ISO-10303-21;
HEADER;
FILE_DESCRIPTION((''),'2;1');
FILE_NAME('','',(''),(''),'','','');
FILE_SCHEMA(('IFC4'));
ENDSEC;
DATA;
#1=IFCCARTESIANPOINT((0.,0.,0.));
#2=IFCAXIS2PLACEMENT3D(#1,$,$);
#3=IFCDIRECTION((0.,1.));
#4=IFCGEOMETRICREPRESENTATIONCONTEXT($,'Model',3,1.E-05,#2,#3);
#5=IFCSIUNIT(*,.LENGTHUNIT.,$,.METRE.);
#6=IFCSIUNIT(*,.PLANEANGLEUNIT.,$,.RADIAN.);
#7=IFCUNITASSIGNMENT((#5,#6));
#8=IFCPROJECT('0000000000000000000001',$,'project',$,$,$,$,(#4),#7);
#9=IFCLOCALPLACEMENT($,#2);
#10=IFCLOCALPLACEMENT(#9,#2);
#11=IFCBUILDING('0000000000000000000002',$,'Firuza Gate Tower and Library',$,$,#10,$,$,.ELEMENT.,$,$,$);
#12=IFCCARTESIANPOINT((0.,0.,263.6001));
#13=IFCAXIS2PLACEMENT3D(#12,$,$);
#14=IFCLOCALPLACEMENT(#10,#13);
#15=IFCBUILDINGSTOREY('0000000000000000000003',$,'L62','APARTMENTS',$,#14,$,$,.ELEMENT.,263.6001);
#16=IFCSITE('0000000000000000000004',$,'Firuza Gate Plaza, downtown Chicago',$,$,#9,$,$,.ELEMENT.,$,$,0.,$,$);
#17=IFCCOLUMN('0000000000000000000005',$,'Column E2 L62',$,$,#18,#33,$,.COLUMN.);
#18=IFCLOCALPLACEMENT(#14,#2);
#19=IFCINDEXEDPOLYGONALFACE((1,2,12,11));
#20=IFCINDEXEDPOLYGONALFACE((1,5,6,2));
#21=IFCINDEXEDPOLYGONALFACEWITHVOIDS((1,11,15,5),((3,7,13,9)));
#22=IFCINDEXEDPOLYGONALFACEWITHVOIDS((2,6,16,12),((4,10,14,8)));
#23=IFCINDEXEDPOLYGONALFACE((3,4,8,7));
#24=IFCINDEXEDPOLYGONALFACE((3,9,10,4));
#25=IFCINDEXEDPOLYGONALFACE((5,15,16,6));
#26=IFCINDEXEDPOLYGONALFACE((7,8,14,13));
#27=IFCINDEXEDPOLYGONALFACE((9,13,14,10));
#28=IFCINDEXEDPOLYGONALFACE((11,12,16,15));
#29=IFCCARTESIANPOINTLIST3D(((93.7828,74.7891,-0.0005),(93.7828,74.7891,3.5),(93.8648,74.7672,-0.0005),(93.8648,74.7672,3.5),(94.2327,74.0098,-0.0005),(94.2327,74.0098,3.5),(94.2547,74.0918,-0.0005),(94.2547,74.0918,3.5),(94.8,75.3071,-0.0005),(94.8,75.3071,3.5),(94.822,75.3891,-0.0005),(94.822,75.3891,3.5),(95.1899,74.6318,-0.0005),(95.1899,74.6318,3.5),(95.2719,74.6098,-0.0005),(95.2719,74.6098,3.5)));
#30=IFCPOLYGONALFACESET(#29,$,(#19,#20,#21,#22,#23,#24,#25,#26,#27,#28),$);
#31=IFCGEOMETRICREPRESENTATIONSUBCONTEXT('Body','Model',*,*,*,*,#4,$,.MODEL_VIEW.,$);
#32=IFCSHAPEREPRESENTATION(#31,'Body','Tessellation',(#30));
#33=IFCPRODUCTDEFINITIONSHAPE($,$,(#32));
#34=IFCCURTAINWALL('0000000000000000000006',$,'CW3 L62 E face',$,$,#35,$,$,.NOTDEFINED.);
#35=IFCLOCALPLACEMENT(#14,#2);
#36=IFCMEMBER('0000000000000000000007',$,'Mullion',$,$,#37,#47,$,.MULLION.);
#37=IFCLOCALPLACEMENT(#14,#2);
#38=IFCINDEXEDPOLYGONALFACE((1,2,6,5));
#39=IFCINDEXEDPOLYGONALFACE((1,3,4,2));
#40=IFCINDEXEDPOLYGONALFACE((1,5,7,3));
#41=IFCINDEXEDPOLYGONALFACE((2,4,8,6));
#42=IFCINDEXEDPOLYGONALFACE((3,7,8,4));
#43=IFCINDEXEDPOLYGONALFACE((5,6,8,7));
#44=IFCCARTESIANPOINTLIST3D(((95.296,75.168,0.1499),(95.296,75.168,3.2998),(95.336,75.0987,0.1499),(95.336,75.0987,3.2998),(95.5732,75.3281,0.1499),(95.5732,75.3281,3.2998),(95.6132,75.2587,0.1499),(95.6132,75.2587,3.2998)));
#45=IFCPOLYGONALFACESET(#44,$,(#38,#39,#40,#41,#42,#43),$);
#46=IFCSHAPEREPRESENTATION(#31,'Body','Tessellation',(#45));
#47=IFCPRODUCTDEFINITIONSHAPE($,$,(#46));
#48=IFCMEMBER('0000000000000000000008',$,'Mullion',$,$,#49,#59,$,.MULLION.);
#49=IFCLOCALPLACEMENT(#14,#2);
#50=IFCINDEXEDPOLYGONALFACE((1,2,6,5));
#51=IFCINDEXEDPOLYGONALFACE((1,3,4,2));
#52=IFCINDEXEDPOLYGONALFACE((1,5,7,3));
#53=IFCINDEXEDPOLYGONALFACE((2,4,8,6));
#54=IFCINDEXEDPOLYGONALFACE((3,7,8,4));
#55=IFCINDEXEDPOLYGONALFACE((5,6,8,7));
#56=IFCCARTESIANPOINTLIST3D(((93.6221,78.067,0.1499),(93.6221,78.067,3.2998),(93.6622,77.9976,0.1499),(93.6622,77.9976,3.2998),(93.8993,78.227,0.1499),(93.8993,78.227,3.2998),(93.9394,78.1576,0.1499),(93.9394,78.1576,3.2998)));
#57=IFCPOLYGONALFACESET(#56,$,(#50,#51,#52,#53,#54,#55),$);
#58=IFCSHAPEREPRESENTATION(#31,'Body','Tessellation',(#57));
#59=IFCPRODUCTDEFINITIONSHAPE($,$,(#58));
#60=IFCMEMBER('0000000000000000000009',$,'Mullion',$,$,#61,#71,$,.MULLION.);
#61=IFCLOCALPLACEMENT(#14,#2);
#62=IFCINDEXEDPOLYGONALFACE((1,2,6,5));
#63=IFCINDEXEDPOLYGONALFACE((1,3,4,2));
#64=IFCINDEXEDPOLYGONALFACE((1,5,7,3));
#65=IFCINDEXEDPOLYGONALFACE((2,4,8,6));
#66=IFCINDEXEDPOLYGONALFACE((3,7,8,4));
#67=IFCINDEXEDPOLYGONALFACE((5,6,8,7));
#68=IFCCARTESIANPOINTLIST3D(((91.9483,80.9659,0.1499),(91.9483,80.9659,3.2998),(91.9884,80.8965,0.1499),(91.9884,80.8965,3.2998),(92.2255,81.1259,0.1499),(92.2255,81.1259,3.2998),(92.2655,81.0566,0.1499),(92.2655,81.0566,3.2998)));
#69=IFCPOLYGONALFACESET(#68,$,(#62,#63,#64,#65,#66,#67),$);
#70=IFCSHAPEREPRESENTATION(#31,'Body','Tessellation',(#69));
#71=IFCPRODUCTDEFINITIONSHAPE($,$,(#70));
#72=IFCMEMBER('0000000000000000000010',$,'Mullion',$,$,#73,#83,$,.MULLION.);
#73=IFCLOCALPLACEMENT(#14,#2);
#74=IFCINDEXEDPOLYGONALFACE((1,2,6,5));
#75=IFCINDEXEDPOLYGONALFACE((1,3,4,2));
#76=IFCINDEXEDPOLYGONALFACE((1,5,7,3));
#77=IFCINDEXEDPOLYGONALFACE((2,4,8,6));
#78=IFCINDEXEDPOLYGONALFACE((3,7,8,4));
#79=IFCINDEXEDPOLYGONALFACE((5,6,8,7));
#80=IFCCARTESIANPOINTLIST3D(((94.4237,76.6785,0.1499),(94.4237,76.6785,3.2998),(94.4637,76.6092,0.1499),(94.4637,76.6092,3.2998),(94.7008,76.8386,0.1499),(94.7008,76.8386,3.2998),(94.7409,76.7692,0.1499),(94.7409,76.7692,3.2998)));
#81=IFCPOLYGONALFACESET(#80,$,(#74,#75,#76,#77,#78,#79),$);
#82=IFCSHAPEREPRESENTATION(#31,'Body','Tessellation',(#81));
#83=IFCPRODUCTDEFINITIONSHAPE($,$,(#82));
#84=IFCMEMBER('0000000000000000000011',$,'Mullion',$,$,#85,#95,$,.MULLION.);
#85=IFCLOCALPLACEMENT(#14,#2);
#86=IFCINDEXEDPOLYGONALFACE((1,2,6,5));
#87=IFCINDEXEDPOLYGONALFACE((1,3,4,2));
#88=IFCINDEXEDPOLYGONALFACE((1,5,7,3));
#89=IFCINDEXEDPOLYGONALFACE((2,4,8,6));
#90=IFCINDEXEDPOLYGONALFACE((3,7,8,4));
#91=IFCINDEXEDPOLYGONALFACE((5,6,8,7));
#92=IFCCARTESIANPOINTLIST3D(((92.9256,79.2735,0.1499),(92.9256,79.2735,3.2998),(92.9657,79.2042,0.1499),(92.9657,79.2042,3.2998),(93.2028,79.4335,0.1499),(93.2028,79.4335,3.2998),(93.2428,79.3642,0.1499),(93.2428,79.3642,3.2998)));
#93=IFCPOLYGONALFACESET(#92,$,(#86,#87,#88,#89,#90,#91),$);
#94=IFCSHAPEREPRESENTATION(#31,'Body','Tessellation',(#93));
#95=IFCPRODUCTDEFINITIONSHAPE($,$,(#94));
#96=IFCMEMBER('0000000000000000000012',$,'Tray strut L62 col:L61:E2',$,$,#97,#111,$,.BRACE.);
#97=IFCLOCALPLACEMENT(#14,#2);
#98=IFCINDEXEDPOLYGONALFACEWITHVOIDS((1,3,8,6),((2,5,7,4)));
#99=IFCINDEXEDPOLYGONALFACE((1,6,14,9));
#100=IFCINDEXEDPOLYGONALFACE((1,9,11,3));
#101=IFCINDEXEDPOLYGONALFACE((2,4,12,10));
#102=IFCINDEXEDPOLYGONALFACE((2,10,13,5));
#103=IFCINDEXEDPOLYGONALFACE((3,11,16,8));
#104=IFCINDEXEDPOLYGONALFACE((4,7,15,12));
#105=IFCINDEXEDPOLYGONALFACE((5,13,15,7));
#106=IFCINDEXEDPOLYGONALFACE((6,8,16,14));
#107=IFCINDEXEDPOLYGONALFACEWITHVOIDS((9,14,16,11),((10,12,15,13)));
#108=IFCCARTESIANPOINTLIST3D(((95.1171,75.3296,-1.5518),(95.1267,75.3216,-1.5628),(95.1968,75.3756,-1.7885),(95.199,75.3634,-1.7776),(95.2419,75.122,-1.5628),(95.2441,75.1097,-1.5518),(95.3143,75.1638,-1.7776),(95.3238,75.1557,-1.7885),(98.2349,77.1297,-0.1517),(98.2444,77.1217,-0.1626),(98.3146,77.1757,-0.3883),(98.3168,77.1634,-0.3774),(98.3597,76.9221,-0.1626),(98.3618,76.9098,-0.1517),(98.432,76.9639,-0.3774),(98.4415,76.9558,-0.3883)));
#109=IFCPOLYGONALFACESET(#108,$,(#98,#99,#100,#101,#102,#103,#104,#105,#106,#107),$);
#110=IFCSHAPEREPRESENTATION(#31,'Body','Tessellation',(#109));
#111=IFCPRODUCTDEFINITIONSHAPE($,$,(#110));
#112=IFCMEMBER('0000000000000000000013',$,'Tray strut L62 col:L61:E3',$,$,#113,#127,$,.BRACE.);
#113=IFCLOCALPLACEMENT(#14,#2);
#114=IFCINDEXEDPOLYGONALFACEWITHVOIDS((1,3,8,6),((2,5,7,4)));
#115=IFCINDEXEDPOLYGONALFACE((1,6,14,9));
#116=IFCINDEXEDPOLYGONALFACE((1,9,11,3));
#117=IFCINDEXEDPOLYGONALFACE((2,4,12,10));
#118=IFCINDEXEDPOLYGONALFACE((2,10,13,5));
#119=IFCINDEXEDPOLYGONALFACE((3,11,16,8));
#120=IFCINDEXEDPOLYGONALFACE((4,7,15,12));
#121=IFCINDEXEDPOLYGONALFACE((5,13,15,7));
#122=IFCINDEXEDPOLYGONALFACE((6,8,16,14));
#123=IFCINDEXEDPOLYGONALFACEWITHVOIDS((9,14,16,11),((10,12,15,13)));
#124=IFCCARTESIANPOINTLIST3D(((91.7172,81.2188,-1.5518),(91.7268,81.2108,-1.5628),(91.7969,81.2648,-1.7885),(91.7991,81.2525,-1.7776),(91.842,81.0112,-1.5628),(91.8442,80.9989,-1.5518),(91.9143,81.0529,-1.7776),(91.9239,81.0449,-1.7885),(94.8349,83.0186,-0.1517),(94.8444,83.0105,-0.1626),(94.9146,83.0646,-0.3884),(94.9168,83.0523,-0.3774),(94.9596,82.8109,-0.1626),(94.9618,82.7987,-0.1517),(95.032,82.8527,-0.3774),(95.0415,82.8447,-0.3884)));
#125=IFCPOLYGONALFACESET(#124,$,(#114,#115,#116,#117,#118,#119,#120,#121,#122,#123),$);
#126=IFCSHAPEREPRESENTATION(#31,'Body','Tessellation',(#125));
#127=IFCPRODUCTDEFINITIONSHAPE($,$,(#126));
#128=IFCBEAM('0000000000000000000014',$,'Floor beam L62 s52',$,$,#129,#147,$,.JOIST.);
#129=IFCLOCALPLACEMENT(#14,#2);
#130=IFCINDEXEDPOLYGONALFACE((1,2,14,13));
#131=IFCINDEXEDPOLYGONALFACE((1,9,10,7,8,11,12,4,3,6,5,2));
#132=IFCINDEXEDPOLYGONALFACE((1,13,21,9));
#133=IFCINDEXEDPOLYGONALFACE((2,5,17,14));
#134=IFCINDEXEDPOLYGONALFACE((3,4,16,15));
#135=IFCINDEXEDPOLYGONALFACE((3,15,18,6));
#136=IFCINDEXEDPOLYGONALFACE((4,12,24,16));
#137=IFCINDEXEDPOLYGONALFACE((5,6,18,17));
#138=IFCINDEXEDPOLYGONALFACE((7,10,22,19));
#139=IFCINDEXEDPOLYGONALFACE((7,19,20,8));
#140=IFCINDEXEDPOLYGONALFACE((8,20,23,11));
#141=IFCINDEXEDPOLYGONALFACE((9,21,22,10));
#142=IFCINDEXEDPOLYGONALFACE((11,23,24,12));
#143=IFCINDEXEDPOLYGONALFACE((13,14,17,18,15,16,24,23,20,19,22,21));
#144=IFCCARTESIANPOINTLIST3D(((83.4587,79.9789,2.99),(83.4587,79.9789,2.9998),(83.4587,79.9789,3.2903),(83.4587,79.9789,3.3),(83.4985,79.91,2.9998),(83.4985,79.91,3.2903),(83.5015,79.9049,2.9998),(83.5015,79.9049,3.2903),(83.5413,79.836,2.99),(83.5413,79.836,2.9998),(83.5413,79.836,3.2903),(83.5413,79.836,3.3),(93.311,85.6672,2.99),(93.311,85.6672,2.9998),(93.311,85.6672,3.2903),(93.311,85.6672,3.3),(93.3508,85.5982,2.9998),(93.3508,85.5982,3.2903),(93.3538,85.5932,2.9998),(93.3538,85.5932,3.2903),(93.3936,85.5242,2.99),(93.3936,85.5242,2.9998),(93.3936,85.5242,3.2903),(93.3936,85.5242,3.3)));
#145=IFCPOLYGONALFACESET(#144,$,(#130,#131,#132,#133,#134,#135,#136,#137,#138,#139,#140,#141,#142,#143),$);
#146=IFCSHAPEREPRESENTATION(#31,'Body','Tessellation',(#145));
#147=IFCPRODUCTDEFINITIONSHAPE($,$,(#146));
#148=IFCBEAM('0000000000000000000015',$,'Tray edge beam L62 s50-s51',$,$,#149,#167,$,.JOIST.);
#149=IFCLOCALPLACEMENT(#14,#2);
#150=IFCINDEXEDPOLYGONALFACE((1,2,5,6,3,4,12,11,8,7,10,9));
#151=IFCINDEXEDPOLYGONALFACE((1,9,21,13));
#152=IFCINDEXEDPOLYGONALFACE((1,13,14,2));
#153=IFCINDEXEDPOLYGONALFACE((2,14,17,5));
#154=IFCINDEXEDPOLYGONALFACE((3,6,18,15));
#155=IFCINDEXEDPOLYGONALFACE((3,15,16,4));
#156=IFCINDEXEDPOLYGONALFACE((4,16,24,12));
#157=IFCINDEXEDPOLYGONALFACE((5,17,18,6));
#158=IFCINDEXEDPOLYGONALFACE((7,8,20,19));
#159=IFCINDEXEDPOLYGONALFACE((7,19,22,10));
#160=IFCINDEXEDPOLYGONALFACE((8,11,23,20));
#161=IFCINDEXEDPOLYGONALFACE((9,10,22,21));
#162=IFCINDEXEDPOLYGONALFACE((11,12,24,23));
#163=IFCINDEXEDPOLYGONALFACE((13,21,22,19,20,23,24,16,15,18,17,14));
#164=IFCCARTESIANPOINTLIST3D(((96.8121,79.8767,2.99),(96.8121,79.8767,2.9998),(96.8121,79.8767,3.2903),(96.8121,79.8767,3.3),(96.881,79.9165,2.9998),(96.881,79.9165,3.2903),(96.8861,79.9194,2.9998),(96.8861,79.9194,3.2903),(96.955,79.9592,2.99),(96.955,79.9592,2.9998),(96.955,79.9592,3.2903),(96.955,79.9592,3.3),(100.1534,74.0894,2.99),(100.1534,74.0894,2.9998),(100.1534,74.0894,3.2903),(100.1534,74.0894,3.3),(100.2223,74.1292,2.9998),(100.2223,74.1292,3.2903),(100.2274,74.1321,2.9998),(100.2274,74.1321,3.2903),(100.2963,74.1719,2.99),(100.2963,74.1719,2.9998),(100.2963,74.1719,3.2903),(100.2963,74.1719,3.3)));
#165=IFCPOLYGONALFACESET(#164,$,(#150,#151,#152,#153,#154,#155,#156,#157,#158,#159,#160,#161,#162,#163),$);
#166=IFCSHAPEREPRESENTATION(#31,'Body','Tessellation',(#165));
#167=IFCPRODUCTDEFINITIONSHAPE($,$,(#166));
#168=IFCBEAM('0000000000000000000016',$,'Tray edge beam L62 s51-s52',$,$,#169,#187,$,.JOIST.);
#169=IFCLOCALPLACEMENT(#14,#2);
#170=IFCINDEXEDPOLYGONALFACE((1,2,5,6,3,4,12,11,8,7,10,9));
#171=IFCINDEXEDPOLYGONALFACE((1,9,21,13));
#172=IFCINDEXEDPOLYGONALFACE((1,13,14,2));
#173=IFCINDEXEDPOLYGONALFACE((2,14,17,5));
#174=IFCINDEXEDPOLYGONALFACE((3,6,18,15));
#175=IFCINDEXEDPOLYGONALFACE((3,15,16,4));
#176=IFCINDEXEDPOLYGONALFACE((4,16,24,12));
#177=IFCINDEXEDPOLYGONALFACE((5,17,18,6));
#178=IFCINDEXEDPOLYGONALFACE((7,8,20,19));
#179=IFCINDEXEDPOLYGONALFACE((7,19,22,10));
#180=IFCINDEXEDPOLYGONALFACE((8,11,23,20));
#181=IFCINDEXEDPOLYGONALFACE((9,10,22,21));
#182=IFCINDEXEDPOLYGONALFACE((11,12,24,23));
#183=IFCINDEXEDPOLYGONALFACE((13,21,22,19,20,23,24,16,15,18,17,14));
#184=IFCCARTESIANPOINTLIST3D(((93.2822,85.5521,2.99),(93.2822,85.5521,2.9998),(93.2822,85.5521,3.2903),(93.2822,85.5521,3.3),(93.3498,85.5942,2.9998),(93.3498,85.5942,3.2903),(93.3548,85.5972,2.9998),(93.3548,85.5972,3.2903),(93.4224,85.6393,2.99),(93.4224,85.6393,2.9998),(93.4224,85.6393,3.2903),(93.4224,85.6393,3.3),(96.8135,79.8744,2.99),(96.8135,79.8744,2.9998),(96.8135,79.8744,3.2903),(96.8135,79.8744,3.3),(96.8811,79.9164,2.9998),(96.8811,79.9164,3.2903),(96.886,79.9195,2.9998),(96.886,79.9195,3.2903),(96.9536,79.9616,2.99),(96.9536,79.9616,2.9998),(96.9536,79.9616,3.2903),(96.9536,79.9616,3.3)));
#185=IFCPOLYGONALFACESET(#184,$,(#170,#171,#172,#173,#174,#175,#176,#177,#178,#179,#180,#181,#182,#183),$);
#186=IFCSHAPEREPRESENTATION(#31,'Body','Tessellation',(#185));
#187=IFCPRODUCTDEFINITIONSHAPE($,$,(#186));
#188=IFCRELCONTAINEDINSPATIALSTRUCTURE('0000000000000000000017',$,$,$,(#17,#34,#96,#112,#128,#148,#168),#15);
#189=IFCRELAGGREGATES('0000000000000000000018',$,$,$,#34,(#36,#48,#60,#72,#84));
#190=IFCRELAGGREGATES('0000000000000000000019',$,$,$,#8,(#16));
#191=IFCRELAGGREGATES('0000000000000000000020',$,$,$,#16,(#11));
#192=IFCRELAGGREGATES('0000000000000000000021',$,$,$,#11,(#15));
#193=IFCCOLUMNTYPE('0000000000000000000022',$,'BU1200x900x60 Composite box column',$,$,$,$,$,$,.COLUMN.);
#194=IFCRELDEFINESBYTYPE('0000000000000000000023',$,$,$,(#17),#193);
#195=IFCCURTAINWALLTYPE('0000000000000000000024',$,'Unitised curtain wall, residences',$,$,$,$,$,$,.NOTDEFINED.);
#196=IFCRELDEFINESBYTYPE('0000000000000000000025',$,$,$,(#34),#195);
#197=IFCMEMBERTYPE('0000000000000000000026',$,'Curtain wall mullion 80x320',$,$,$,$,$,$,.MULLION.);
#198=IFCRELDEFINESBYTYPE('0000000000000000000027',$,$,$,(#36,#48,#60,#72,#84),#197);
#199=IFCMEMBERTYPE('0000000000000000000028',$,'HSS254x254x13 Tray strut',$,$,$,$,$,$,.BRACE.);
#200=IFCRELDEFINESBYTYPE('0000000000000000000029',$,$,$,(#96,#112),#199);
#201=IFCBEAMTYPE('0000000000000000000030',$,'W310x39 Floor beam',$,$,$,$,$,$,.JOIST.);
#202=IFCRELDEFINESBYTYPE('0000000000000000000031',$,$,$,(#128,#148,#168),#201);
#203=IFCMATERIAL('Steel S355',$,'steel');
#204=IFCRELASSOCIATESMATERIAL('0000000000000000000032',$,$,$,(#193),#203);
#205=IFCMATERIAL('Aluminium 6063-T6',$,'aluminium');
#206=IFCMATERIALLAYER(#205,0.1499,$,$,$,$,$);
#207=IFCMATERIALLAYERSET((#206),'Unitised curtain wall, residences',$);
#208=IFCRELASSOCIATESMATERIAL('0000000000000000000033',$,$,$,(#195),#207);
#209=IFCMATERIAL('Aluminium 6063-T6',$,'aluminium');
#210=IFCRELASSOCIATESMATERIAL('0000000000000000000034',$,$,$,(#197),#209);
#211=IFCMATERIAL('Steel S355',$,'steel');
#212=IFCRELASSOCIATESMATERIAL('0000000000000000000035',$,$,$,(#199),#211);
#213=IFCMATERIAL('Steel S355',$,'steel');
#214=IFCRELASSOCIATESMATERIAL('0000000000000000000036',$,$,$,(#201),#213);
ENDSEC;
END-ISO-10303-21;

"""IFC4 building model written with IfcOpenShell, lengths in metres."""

from ifc_helpers import new_model, si_unit, direction, frame, origin, origin_2d, place, context, subcontext, project, spatial, rectangle, hollow_rectangle, i_section, extrude, material, layer, layer_set, material_profile, profile_set, type_object, element, aggregate, save


model = new_model("IFC4")

# Units and contexts
model_context = context("Model", 3, precision=1e-05, world=origin(), true_north=direction((0.0, 1.0)))
body_context = subcontext(model_context, "Body", "Model", "MODEL_VIEW")
ifc_project = project(units=[si_unit("LENGTHUNIT", "METRE"), si_unit("PLANEANGLEUNIT", "RADIAN")], contexts=[model_context])

# Site, building, storey
site_placement = place(None, origin())
site = spatial("IfcSite", under=ifc_project, at=site_placement, Name="Firuza Gate Plaza, downtown Chicago", CompositionType="ELEMENT", RefElevation=0.0)
building_placement = place(site_placement, origin())
building = spatial("IfcBuilding", under=site, at=building_placement, Name="Firuza Gate Tower and Library", CompositionType="ELEMENT")
storey_placement = place(building_placement, frame((0.0, 0.0, 263.6001)))
storey = spatial("IfcBuildingStorey", under=building, at=storey_placement, Name="L62", Description="APARTMENTS", CompositionType="ELEMENT", Elevation=263.6001)

# Column
ifc_material_1 = material(Name="Steel S355", Category="steel")
ifc_material_profile_1 = material_profile(ifc_material_1, hollow_rectangle(XDim=0.8999, YDim=1.2, WallThickness=0.0601, at=origin_2d()))
ifc_profile_set_1 = profile_set([ifc_material_profile_1], Name="Steel S355")
column_type = type_object("IfcColumnType", Name="BU1200x900x60 Composite box column", PredefinedType="COLUMN", material=ifc_profile_set_1)
column_placement = place(storey_placement, frame((94.5273, 74.6995, -0.0005), z_axis=(0.0, 0.0, 1.0), x_axis=(-0.5, 0.866025, 0.0)))
element("IfcColumn", 1, at=column_placement, inside=storey, type_object=column_type, Name="Column E2 L62", PredefinedType="COLUMN", context=body_context, shape_type="SweptSolid", body=[
    extrude(hollow_rectangle(XDim=0.8999, YDim=1.2, WallThickness=0.0601, at=origin_2d()), origin(), (0.0, 0.0, 1.0), 3.5005),
])

# Curtain wall, members
ifc_material_2 = material(Name="Aluminium 6063-T6", Category="aluminium")
ifc_layer_1 = layer(ifc_material_2, 0.1499)
ifc_layer_set_1 = layer_set([ifc_layer_1], Name="Unitised curtain wall, residences")
curtain_wall_type = type_object("IfcCurtainWallType", Name="Unitised curtain wall, residences", PredefinedType="NOTDEFINED", material=ifc_layer_set_1)
curtain_wall_placement = place(storey_placement, origin())
curtain_wall = element("IfcCurtainWall", 2, at=curtain_wall_placement, inside=storey, type_object=curtain_wall_type, Name="CW3 L62 E face", PredefinedType="NOTDEFINED")
ifc_material_3 = material(Name="Aluminium 6063-T6", Category="aluminium")
ifc_material_profile_2 = material_profile(ifc_material_3, rectangle(XDim=0.3201, YDim=0.0801, at=origin_2d()))
ifc_profile_set_2 = profile_set([ifc_material_profile_2], Name="Aluminium 6063-T6")
member_type_1 = type_object("IfcMemberType", Name="Curtain wall mullion 80x320", PredefinedType="MULLION", material=ifc_profile_set_2)
member_1_placement = place(storey_placement, frame((95.4546, 75.2134, 0.1499), z_axis=(0.0, 0.0, 1.0), x_axis=(-0.866025, -0.5, 0.0)))
member_1 = element("IfcMember", 3, at=member_1_placement, type_object=member_type_1, Name="Mullion", PredefinedType="MULLION", context=body_context, shape_type="SweptSolid", body=[
    extrude(rectangle(XDim=0.3201, YDim=0.0801, at=origin_2d()), origin(), (0.0, 0.0, 1.0), 3.1499),
])
member_2_placement = place(storey_placement, frame((93.7808, 78.1123, 0.1499), z_axis=(0.0, 0.0, 1.0), x_axis=(-0.866025, -0.5, 0.0)))
member_2 = element("IfcMember", 4, at=member_2_placement, type_object=member_type_1, Name="Mullion", PredefinedType="MULLION", context=body_context, shape_type="SweptSolid", body=[
    extrude(rectangle(XDim=0.3201, YDim=0.0801, at=origin_2d()), origin(), (0.0, 0.0, 1.0), 3.1499),
])
member_3_placement = place(storey_placement, frame((92.1069, 81.0112, 0.1499), z_axis=(0.0, 0.0, 1.0), x_axis=(-0.866025, -0.5, 0.0)))
member_3 = element("IfcMember", 5, at=member_3_placement, type_object=member_type_1, Name="Mullion", PredefinedType="MULLION", context=body_context, shape_type="SweptSolid", body=[
    extrude(rectangle(XDim=0.3201, YDim=0.0801, at=origin_2d()), origin(), (0.0, 0.0, 1.0), 3.1499),
])
member_4_placement = place(storey_placement, frame((94.5823, 76.7239, 0.1499), z_axis=(0.0, 0.0, 1.0), x_axis=(-0.866025, -0.5, 0.0)))
member_4 = element("IfcMember", 6, at=member_4_placement, type_object=member_type_1, Name="Mullion", PredefinedType="MULLION", context=body_context, shape_type="SweptSolid", body=[
    extrude(rectangle(XDim=0.3201, YDim=0.0801, at=origin_2d()), origin(), (0.0, 0.0, 1.0), 3.1499),
])
member_5_placement = place(storey_placement, frame((93.0842, 79.3188, 0.1499), z_axis=(0.0, 0.0, 1.0), x_axis=(-0.866025, -0.5, 0.0)))
member_5 = element("IfcMember", 7, at=member_5_placement, type_object=member_type_1, Name="Mullion", PredefinedType="MULLION", context=body_context, shape_type="SweptSolid", body=[
    extrude(rectangle(XDim=0.3201, YDim=0.0801, at=origin_2d()), origin(), (0.0, 0.0, 1.0), 3.1499),
])

# Members
ifc_material_4 = material(Name="Steel S355", Category="steel")
ifc_material_profile_3 = material_profile(ifc_material_4, hollow_rectangle(XDim=0.2539, YDim=0.2539, WallThickness=0.0117, at=origin_2d()))
ifc_profile_set_3 = profile_set([ifc_material_profile_3], Name="Steel S355")
member_type_2 = type_object("IfcMemberType", Name="HSS254x254x13 Tray strut", PredefinedType="BRACE", material=ifc_profile_set_3)
member_6_placement = place(storey_placement, frame((95.2205, 75.2427, -1.6702), z_axis=(0.807122, 0.466007, 0.362478), x_axis=(-0.500012, 0.866018, 0.0)))
element("IfcMember", 8, at=member_6_placement, inside=storey, type_object=member_type_2, Name="Tray strut L62 col:L61:E2", PredefinedType="BRACE", context=body_context, shape_type="SweptSolid", body=[
    extrude(hollow_rectangle(XDim=0.2539, YDim=0.2539, WallThickness=0.0117, at=origin_2d()), origin(), (0.0, 0.0, 1.0), 3.8628),
])
member_7_placement = place(storey_placement, frame((91.8206, 81.1318, -1.6702), z_axis=(0.807146, 0.465958, 0.362489), x_axis=(-0.499961, 0.866048, 0.0)))
element("IfcMember", 9, at=member_7_placement, inside=storey, type_object=member_type_2, Name="Tray strut L62 col:L61:E3", PredefinedType="BRACE", context=body_context, shape_type="SweptSolid", body=[
    extrude(hollow_rectangle(XDim=0.2539, YDim=0.2539, WallThickness=0.0117, at=origin_2d()), origin(), (0.0, 0.0, 1.0), 3.8625),
])

# Beams
ifc_material_5 = material(Name="Steel S355", Category="steel")
ifc_material_profile_4 = material_profile(ifc_material_5, i_section(OverallWidth=0.165, OverallDepth=0.3101, WebThickness=0.0059, FlangeThickness=0.0098, at=origin_2d()))
ifc_profile_set_4 = profile_set([ifc_material_profile_4], Name="Steel S355")
beam_type_1 = type_object("IfcBeamType", Name="W310x39 Floor beam", PredefinedType="JOIST", material=ifc_profile_set_4)
beam_1_placement = place(storey_placement, frame((93.3523, 85.5957, 3.145), z_axis=(-0.866025, -0.5, 0.0), x_axis=(0.5, -0.866025, 0.0)))
element("IfcBeam", 10, at=beam_1_placement, inside=storey, type_object=beam_type_1, Name="Floor beam L62 s52", PredefinedType="JOIST", context=body_context, shape_type="SweptSolid", body=[
    extrude(i_section(OverallWidth=0.165, OverallDepth=0.3101, WebThickness=0.0059, FlangeThickness=0.0098, at=origin_2d()), origin(), (0.0, 0.0, 1.0), 11.3765),
])
beam_2_placement = place(storey_placement, frame((100.2249, 74.1306, 3.145), z_axis=(-0.499998, 0.866027, 0.0), x_axis=(-0.866027, -0.499998, 0.0)))
element("IfcBeam", 11, at=beam_2_placement, inside=storey, type_object=beam_type_1, Name="Tray edge beam L62 s50-s51", PredefinedType="JOIST", context=body_context, shape_type="SweptSolid", body=[
    extrude(i_section(OverallWidth=0.165, OverallDepth=0.3101, WebThickness=0.0059, FlangeThickness=0.0098, at=origin_2d()), origin(), (0.0, 0.0, 1.0), 6.6826),
])
for number, where, z_axis, x_axis, name in (
    (12, (96.8835, 79.918, 3.145), (-0.528133, 0.849161, 0.0), (-0.849161, -0.528133, 0.0), "Tray edge beam L62 s51-s52"),
):
    element("IfcBeam", number, at=place(storey_placement, frame(where, z_axis=z_axis, x_axis=x_axis)), inside=storey, type_object=beam_type_1, Name=name, PredefinedType="JOIST", context=body_context, shape_type="SweptSolid", body=[
        extrude(i_section(OverallWidth=0.165, OverallDepth=0.3101, WebThickness=0.0059, FlangeThickness=0.0098, at=origin_2d()), origin(), (0.0, 0.0, 1.0), 6.6863),
    ])

aggregate(curtain_wall, [member_1, member_2, member_3, member_4, member_5])

save(model, "model.ifc")
